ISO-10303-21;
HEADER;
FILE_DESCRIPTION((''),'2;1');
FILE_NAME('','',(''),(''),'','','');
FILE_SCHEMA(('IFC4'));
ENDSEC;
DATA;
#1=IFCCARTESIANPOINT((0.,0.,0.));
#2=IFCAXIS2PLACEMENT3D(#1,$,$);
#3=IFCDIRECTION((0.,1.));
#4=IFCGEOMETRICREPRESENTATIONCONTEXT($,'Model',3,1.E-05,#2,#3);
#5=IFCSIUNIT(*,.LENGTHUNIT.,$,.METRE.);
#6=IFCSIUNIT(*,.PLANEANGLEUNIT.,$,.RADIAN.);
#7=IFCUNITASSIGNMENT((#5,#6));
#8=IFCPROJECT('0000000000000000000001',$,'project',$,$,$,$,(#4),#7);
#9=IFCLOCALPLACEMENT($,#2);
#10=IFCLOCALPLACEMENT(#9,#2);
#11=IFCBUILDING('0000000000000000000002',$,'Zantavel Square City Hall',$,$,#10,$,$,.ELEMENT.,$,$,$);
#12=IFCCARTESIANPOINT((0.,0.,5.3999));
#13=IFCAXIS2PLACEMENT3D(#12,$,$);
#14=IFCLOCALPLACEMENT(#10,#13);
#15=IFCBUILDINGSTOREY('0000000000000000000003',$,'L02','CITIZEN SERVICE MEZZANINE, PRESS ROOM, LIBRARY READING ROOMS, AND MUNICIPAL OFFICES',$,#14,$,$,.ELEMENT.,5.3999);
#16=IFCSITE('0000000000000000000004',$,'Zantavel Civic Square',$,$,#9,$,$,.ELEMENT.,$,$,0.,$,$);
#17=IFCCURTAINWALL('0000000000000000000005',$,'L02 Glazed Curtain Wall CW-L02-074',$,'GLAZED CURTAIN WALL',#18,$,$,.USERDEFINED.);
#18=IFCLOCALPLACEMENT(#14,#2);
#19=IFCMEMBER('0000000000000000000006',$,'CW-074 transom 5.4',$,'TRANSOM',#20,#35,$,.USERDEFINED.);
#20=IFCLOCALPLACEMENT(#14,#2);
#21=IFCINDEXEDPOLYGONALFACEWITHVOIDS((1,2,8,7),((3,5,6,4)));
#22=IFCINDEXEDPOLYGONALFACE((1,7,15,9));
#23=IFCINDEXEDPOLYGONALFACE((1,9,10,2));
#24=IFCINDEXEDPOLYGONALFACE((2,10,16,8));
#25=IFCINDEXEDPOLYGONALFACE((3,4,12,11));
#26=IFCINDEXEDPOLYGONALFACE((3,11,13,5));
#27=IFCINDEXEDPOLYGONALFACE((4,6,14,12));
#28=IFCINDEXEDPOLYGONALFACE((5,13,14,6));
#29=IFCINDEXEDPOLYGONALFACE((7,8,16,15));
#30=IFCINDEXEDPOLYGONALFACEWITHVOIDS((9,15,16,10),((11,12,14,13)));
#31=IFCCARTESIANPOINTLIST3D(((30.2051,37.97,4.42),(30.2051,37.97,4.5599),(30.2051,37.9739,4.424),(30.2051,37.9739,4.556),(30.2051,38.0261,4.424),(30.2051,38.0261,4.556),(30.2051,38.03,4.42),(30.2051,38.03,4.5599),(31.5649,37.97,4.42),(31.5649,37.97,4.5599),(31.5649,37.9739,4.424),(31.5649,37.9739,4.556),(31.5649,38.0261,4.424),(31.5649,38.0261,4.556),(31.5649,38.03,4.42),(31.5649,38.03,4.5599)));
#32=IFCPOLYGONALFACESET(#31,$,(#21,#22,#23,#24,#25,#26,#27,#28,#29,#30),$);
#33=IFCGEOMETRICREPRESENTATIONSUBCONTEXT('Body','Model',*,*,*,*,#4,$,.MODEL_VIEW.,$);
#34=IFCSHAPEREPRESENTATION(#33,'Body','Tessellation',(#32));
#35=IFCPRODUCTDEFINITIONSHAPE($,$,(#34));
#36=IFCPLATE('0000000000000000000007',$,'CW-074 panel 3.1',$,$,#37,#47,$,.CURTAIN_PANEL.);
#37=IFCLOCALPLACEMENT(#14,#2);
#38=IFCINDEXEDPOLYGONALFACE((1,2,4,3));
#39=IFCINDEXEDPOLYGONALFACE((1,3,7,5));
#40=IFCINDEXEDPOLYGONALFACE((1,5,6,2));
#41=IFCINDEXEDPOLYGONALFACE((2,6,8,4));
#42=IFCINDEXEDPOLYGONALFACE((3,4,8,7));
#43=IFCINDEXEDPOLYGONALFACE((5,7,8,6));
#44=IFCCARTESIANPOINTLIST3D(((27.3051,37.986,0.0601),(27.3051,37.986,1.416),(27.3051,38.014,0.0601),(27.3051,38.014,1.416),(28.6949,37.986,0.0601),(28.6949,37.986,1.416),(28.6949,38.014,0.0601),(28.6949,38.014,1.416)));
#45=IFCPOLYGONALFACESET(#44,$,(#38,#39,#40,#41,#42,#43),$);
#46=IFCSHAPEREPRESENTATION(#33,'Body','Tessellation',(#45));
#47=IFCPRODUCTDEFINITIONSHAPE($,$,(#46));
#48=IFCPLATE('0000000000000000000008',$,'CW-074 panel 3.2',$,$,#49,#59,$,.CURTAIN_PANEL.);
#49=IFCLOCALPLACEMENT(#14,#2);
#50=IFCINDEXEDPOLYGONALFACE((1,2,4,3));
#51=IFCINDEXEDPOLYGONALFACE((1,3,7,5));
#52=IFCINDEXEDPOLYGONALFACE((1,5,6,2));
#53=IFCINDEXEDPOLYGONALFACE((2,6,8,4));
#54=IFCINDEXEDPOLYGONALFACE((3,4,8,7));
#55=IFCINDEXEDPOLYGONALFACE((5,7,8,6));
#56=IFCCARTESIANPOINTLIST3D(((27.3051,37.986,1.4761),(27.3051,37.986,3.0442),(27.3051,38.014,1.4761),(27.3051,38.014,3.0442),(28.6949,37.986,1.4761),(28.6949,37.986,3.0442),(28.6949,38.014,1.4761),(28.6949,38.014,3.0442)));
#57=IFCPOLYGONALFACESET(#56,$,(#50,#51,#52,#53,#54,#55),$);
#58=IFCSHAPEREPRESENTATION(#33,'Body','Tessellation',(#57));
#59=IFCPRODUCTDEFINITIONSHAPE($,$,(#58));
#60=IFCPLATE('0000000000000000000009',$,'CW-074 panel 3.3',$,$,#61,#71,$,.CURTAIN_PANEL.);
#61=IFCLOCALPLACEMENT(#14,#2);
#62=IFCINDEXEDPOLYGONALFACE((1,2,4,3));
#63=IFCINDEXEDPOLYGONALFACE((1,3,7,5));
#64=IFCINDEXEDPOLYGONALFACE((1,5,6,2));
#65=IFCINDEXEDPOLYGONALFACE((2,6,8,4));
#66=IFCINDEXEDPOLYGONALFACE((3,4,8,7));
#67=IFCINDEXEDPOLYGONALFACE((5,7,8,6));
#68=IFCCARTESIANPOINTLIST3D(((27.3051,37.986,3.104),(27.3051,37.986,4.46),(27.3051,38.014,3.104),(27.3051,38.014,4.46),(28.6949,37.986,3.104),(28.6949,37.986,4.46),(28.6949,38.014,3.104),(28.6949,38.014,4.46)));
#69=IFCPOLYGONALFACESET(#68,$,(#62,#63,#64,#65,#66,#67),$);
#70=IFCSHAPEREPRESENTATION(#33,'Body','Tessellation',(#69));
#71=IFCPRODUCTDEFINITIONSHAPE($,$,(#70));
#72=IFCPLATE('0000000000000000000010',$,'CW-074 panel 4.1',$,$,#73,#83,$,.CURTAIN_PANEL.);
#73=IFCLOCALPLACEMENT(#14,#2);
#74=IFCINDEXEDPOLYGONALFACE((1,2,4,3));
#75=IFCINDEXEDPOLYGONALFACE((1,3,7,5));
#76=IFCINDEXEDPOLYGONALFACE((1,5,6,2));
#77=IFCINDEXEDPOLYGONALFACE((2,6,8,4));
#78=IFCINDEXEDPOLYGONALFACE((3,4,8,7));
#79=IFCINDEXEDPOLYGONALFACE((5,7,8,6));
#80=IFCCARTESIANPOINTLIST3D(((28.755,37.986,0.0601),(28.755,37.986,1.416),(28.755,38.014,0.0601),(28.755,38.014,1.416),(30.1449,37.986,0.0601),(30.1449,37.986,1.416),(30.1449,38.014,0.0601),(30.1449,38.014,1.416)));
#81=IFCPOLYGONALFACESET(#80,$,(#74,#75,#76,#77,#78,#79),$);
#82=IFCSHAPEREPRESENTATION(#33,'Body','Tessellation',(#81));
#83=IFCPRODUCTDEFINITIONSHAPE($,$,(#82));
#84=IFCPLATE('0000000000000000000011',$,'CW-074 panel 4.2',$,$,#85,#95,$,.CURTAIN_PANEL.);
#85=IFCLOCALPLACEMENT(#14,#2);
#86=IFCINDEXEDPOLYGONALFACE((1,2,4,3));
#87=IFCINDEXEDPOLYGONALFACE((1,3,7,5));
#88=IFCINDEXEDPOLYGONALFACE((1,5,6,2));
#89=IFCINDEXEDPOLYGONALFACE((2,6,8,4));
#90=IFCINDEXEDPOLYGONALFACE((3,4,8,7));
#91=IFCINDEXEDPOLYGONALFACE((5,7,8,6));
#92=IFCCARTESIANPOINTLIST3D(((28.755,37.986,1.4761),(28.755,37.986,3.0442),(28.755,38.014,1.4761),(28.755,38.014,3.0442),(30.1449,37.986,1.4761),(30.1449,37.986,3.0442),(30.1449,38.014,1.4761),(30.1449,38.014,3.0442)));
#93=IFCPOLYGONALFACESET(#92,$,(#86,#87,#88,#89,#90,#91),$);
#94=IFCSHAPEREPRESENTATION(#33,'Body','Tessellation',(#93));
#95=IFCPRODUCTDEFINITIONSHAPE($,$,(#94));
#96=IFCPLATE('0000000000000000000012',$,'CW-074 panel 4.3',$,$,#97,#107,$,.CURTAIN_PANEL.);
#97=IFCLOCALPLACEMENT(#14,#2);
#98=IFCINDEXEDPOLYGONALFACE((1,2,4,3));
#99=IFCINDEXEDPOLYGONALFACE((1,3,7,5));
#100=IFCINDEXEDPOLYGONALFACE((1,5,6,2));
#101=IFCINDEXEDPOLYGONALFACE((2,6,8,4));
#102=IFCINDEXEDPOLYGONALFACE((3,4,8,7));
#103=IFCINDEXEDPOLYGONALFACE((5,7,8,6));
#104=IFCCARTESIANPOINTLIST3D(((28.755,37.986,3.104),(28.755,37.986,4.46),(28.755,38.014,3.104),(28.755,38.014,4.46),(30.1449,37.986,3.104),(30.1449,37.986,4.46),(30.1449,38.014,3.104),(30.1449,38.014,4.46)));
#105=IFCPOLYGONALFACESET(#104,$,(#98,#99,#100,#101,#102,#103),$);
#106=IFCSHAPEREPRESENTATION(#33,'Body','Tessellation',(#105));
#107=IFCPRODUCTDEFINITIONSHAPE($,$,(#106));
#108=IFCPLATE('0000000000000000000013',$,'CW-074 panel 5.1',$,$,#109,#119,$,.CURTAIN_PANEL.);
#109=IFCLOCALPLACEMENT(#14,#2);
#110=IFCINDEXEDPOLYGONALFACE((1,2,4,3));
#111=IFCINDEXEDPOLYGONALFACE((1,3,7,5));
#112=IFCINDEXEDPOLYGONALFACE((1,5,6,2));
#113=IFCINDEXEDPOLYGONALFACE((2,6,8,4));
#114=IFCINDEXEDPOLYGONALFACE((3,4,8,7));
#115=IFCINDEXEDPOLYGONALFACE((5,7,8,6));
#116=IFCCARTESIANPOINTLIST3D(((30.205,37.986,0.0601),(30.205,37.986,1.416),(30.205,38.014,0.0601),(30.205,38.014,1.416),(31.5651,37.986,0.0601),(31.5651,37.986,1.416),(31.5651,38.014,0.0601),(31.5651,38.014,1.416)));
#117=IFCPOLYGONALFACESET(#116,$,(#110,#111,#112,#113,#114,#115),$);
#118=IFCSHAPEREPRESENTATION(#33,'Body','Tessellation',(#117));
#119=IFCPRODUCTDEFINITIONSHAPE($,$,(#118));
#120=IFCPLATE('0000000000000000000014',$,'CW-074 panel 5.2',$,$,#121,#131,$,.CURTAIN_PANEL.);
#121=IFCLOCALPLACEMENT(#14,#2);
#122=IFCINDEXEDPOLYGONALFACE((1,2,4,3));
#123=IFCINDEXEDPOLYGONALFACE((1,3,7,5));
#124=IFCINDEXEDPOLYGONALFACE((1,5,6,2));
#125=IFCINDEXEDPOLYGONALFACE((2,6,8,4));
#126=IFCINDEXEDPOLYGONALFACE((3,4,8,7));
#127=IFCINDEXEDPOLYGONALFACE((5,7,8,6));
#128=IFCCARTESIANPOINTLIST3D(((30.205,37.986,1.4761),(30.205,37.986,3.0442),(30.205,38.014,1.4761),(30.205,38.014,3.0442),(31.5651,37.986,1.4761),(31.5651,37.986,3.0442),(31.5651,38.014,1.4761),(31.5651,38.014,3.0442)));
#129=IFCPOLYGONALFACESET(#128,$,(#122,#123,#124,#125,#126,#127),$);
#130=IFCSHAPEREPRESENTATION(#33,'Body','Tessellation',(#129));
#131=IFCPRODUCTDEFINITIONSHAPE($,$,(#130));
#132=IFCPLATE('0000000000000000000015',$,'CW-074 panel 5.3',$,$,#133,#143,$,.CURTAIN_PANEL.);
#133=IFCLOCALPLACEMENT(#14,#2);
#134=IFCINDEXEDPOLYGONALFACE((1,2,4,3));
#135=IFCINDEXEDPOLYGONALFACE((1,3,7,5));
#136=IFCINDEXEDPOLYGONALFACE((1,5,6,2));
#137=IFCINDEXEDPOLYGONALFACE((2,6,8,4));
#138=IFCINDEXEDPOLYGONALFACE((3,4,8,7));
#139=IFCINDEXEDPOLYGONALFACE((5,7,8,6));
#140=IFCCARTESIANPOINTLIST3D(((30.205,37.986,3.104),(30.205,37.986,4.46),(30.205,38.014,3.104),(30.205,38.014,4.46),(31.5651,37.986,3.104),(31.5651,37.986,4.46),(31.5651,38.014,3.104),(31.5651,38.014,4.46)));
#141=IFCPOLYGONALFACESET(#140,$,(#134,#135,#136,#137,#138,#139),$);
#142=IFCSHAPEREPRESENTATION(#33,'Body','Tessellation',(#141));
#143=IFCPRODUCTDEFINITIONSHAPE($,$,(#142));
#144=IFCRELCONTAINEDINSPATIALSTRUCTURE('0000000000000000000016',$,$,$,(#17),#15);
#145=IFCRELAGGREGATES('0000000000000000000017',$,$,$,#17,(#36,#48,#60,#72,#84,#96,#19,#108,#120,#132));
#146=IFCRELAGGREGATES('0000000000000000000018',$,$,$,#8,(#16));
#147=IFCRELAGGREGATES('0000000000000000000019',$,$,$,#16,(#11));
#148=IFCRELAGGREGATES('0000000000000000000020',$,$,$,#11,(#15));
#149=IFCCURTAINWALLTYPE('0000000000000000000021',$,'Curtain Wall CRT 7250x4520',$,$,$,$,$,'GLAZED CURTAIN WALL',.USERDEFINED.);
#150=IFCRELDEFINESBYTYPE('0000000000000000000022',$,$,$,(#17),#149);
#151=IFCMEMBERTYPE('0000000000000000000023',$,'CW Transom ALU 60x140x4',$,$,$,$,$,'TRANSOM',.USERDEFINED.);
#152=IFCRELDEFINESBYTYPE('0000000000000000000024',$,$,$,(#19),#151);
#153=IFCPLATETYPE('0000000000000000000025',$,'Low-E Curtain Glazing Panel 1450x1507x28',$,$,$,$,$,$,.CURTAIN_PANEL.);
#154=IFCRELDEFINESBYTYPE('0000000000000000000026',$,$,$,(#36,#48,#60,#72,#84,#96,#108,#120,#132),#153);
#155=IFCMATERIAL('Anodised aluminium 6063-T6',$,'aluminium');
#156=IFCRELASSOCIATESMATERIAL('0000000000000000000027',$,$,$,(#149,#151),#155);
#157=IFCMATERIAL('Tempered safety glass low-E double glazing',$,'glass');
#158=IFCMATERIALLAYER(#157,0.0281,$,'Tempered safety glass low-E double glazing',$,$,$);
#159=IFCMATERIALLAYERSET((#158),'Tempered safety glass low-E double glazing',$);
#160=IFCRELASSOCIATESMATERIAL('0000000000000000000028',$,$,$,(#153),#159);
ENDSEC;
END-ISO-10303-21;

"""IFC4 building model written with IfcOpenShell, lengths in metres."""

from ifc_helpers import new_model, si_unit, direction, frame, origin, origin_2d, place, context, subcontext, project, spatial, rectangle, hollow_rectangle, extrude, material, layer, layer_set, material_profile, profile_set, type_object, element, aggregate, save


model = new_model("IFC4")

# Units and contexts
model_context = context("Model", 3, precision=1e-05, world=origin(), true_north=direction((0.0, 1.0)))
body_context = subcontext(model_context, "Body", "Model", "MODEL_VIEW")
ifc_project = project(units=[si_unit("LENGTHUNIT", "METRE"), si_unit("PLANEANGLEUNIT", "RADIAN")], contexts=[model_context])

# Site, building, storey
site_placement = place(None, origin())
site = spatial("IfcSite", under=ifc_project, at=site_placement, Name="Zantavel Civic Square", CompositionType="ELEMENT", RefElevation=0.0)
building_placement = place(site_placement, origin())
building = spatial("IfcBuilding", under=site, at=building_placement, Name="Zantavel Square City Hall", CompositionType="ELEMENT")
storey_placement = place(building_placement, frame((0.0, 0.0, 5.3999)))
storey = spatial("IfcBuildingStorey", under=building, at=storey_placement, Name="L02", Description="CITIZEN SERVICE MEZZANINE, PRESS ROOM, LIBRARY READING ROOMS, AND MUNICIPAL OFFICES", CompositionType="ELEMENT", Elevation=5.3999)

# Curtain wall, member, plates
ifc_material_1 = material(Name="Anodised aluminium 6063-T6", Category="aluminium")
curtain_wall_type = type_object("IfcCurtainWallType", Name="Curtain Wall CRT 7250x4520", ElementType="GLAZED CURTAIN WALL", PredefinedType="USERDEFINED", material=ifc_material_1)
curtain_wall_placement = place(storey_placement, origin())
curtain_wall = element("IfcCurtainWall", 1, at=curtain_wall_placement, inside=storey, type_object=curtain_wall_type, Name="L02 Glazed Curtain Wall CW-L02-074", ObjectType="GLAZED CURTAIN WALL", PredefinedType="USERDEFINED")
ifc_material_profile_1 = material_profile(ifc_material_1, hollow_rectangle(XDim=0.0601, YDim=0.1399, WallThickness=0.0039, at=origin_2d()), Name="ALU 60x140x4")
ifc_profile_set_1 = profile_set([ifc_material_profile_1], Name="Anodised aluminium 6063-T6")
member_type_1 = type_object("IfcMemberType", Name="CW Transom ALU 60x140x4", ElementType="TRANSOM", PredefinedType="USERDEFINED", material=ifc_profile_set_1)
member_1_placement = place(storey_placement, frame((30.2051, 38.0, 4.49), z_axis=(1.0, 0.0, 0.0), x_axis=(0.0, 1.0, 0.0)))
member_1 = element("IfcMember", 2, at=member_1_placement, type_object=member_type_1, Name="CW-074 transom 5.4", ObjectType="TRANSOM", PredefinedType="USERDEFINED", context=body_context, shape_type="SweptSolid", body=[
    extrude(hollow_rectangle(XDim=0.0601, YDim=0.1399, WallThickness=0.0039, at=origin_2d()), origin(), (0.0, 0.0, 1.0), 1.3599),
])
ifc_material_2 = material(Name="Tempered safety glass low-E double glazing", Category="glass")
ifc_layer = layer(ifc_material_2, 0.0281, Name="Tempered safety glass low-E double glazing")
ifc_layer_set = layer_set([ifc_layer], Name="Tempered safety glass low-E double glazing")
plate_type = type_object("IfcPlateType", Name="Low-E Curtain Glazing Panel 1450x1507x28", PredefinedType="CURTAIN_PANEL", material=ifc_layer_set)
plate_1_placement = place(storey_placement, frame((28.0, 38.0, 0.0601), z_axis=(0.0, 0.0, 1.0), x_axis=(1.0, 0.0, 0.0)))
plate_1 = element("IfcPlate", 3, at=plate_1_placement, type_object=plate_type, Name="CW-074 panel 3.1", PredefinedType="CURTAIN_PANEL", context=body_context, shape_type="SweptSolid", body=[
    extrude(rectangle(XDim=1.3899, YDim=0.0281, at=origin_2d()), origin(), (0.0, 0.0, 1.0), 1.356),
])
plate_2_placement = place(storey_placement, frame((28.0, 38.0, 1.4761), z_axis=(0.0, 0.0, 1.0), x_axis=(1.0, 0.0, 0.0)))
plate_2 = element("IfcPlate", 4, at=plate_2_placement, type_object=plate_type, Name="CW-074 panel 3.2", PredefinedType="CURTAIN_PANEL", context=body_context, shape_type="SweptSolid", body=[
    extrude(rectangle(XDim=1.3899, YDim=0.0281, at=origin_2d()), origin(), (0.0, 0.0, 1.0), 1.5681),
])
plate_3_placement = place(storey_placement, frame((28.0, 38.0, 3.104), z_axis=(0.0, 0.0, 1.0), x_axis=(1.0, 0.0, 0.0)))
plate_3 = element("IfcPlate", 5, at=plate_3_placement, type_object=plate_type, Name="CW-074 panel 3.3", PredefinedType="CURTAIN_PANEL", context=body_context, shape_type="SweptSolid", body=[
    extrude(rectangle(XDim=1.3899, YDim=0.0281, at=origin_2d()), origin(), (0.0, 0.0, 1.0), 1.356),
])
plate_4_placement = place(storey_placement, frame((29.45, 38.0, 0.0601), z_axis=(0.0, 0.0, 1.0), x_axis=(1.0, 0.0, 0.0)))
plate_4 = element("IfcPlate", 6, at=plate_4_placement, type_object=plate_type, Name="CW-074 panel 4.1", PredefinedType="CURTAIN_PANEL", context=body_context, shape_type="SweptSolid", body=[
    extrude(rectangle(XDim=1.3899, YDim=0.0281, at=origin_2d()), origin(), (0.0, 0.0, 1.0), 1.356),
])
plate_5_placement = place(storey_placement, frame((29.45, 38.0, 1.4761), z_axis=(0.0, 0.0, 1.0), x_axis=(1.0, 0.0, 0.0)))
plate_5 = element("IfcPlate", 7, at=plate_5_placement, type_object=plate_type, Name="CW-074 panel 4.2", PredefinedType="CURTAIN_PANEL", context=body_context, shape_type="SweptSolid", body=[
    extrude(rectangle(XDim=1.3899, YDim=0.0281, at=origin_2d()), origin(), (0.0, 0.0, 1.0), 1.5681),
])
plate_6_placement = place(storey_placement, frame((29.45, 38.0, 3.104), z_axis=(0.0, 0.0, 1.0), x_axis=(1.0, 0.0, 0.0)))
plate_6 = element("IfcPlate", 8, at=plate_6_placement, type_object=plate_type, Name="CW-074 panel 4.3", PredefinedType="CURTAIN_PANEL", context=body_context, shape_type="SweptSolid", body=[
    extrude(rectangle(XDim=1.3899, YDim=0.0281, at=origin_2d()), origin(), (0.0, 0.0, 1.0), 1.356),
])
plate_7_placement = place(storey_placement, frame((30.885, 38.0, 0.0601), z_axis=(0.0, 0.0, 1.0), x_axis=(1.0, 0.0, 0.0)))
plate_7 = element("IfcPlate", 9, at=plate_7_placement, type_object=plate_type, Name="CW-074 panel 5.1", PredefinedType="CURTAIN_PANEL", context=body_context, shape_type="SweptSolid", body=[
    extrude(rectangle(XDim=1.3601, YDim=0.0281, at=origin_2d()), origin(), (0.0, 0.0, 1.0), 1.356),
])
plate_8_placement = place(storey_placement, frame((30.885, 38.0, 1.4761), z_axis=(0.0, 0.0, 1.0), x_axis=(1.0, 0.0, 0.0)))
plate_8 = element("IfcPlate", 10, at=plate_8_placement, type_object=plate_type, Name="CW-074 panel 5.2", PredefinedType="CURTAIN_PANEL", context=body_context, shape_type="SweptSolid", body=[
    extrude(rectangle(XDim=1.3601, YDim=0.0281, at=origin_2d()), origin(), (0.0, 0.0, 1.0), 1.5681),
])
plate_9_placement = place(storey_placement, frame((30.885, 38.0, 3.104), z_axis=(0.0, 0.0, 1.0), x_axis=(1.0, 0.0, 0.0)))
plate_9 = element("IfcPlate", 11, at=plate_9_placement, type_object=plate_type, Name="CW-074 panel 5.3", PredefinedType="CURTAIN_PANEL", context=body_context, shape_type="SweptSolid", body=[
    extrude(rectangle(XDim=1.3601, YDim=0.0281, at=origin_2d()), origin(), (0.0, 0.0, 1.0), 1.356),
])
aggregate(curtain_wall, [plate_1, plate_2, plate_3, plate_4, plate_5, plate_6, member_1, plate_7, plate_8, plate_9])

save(model, "model.ifc")
